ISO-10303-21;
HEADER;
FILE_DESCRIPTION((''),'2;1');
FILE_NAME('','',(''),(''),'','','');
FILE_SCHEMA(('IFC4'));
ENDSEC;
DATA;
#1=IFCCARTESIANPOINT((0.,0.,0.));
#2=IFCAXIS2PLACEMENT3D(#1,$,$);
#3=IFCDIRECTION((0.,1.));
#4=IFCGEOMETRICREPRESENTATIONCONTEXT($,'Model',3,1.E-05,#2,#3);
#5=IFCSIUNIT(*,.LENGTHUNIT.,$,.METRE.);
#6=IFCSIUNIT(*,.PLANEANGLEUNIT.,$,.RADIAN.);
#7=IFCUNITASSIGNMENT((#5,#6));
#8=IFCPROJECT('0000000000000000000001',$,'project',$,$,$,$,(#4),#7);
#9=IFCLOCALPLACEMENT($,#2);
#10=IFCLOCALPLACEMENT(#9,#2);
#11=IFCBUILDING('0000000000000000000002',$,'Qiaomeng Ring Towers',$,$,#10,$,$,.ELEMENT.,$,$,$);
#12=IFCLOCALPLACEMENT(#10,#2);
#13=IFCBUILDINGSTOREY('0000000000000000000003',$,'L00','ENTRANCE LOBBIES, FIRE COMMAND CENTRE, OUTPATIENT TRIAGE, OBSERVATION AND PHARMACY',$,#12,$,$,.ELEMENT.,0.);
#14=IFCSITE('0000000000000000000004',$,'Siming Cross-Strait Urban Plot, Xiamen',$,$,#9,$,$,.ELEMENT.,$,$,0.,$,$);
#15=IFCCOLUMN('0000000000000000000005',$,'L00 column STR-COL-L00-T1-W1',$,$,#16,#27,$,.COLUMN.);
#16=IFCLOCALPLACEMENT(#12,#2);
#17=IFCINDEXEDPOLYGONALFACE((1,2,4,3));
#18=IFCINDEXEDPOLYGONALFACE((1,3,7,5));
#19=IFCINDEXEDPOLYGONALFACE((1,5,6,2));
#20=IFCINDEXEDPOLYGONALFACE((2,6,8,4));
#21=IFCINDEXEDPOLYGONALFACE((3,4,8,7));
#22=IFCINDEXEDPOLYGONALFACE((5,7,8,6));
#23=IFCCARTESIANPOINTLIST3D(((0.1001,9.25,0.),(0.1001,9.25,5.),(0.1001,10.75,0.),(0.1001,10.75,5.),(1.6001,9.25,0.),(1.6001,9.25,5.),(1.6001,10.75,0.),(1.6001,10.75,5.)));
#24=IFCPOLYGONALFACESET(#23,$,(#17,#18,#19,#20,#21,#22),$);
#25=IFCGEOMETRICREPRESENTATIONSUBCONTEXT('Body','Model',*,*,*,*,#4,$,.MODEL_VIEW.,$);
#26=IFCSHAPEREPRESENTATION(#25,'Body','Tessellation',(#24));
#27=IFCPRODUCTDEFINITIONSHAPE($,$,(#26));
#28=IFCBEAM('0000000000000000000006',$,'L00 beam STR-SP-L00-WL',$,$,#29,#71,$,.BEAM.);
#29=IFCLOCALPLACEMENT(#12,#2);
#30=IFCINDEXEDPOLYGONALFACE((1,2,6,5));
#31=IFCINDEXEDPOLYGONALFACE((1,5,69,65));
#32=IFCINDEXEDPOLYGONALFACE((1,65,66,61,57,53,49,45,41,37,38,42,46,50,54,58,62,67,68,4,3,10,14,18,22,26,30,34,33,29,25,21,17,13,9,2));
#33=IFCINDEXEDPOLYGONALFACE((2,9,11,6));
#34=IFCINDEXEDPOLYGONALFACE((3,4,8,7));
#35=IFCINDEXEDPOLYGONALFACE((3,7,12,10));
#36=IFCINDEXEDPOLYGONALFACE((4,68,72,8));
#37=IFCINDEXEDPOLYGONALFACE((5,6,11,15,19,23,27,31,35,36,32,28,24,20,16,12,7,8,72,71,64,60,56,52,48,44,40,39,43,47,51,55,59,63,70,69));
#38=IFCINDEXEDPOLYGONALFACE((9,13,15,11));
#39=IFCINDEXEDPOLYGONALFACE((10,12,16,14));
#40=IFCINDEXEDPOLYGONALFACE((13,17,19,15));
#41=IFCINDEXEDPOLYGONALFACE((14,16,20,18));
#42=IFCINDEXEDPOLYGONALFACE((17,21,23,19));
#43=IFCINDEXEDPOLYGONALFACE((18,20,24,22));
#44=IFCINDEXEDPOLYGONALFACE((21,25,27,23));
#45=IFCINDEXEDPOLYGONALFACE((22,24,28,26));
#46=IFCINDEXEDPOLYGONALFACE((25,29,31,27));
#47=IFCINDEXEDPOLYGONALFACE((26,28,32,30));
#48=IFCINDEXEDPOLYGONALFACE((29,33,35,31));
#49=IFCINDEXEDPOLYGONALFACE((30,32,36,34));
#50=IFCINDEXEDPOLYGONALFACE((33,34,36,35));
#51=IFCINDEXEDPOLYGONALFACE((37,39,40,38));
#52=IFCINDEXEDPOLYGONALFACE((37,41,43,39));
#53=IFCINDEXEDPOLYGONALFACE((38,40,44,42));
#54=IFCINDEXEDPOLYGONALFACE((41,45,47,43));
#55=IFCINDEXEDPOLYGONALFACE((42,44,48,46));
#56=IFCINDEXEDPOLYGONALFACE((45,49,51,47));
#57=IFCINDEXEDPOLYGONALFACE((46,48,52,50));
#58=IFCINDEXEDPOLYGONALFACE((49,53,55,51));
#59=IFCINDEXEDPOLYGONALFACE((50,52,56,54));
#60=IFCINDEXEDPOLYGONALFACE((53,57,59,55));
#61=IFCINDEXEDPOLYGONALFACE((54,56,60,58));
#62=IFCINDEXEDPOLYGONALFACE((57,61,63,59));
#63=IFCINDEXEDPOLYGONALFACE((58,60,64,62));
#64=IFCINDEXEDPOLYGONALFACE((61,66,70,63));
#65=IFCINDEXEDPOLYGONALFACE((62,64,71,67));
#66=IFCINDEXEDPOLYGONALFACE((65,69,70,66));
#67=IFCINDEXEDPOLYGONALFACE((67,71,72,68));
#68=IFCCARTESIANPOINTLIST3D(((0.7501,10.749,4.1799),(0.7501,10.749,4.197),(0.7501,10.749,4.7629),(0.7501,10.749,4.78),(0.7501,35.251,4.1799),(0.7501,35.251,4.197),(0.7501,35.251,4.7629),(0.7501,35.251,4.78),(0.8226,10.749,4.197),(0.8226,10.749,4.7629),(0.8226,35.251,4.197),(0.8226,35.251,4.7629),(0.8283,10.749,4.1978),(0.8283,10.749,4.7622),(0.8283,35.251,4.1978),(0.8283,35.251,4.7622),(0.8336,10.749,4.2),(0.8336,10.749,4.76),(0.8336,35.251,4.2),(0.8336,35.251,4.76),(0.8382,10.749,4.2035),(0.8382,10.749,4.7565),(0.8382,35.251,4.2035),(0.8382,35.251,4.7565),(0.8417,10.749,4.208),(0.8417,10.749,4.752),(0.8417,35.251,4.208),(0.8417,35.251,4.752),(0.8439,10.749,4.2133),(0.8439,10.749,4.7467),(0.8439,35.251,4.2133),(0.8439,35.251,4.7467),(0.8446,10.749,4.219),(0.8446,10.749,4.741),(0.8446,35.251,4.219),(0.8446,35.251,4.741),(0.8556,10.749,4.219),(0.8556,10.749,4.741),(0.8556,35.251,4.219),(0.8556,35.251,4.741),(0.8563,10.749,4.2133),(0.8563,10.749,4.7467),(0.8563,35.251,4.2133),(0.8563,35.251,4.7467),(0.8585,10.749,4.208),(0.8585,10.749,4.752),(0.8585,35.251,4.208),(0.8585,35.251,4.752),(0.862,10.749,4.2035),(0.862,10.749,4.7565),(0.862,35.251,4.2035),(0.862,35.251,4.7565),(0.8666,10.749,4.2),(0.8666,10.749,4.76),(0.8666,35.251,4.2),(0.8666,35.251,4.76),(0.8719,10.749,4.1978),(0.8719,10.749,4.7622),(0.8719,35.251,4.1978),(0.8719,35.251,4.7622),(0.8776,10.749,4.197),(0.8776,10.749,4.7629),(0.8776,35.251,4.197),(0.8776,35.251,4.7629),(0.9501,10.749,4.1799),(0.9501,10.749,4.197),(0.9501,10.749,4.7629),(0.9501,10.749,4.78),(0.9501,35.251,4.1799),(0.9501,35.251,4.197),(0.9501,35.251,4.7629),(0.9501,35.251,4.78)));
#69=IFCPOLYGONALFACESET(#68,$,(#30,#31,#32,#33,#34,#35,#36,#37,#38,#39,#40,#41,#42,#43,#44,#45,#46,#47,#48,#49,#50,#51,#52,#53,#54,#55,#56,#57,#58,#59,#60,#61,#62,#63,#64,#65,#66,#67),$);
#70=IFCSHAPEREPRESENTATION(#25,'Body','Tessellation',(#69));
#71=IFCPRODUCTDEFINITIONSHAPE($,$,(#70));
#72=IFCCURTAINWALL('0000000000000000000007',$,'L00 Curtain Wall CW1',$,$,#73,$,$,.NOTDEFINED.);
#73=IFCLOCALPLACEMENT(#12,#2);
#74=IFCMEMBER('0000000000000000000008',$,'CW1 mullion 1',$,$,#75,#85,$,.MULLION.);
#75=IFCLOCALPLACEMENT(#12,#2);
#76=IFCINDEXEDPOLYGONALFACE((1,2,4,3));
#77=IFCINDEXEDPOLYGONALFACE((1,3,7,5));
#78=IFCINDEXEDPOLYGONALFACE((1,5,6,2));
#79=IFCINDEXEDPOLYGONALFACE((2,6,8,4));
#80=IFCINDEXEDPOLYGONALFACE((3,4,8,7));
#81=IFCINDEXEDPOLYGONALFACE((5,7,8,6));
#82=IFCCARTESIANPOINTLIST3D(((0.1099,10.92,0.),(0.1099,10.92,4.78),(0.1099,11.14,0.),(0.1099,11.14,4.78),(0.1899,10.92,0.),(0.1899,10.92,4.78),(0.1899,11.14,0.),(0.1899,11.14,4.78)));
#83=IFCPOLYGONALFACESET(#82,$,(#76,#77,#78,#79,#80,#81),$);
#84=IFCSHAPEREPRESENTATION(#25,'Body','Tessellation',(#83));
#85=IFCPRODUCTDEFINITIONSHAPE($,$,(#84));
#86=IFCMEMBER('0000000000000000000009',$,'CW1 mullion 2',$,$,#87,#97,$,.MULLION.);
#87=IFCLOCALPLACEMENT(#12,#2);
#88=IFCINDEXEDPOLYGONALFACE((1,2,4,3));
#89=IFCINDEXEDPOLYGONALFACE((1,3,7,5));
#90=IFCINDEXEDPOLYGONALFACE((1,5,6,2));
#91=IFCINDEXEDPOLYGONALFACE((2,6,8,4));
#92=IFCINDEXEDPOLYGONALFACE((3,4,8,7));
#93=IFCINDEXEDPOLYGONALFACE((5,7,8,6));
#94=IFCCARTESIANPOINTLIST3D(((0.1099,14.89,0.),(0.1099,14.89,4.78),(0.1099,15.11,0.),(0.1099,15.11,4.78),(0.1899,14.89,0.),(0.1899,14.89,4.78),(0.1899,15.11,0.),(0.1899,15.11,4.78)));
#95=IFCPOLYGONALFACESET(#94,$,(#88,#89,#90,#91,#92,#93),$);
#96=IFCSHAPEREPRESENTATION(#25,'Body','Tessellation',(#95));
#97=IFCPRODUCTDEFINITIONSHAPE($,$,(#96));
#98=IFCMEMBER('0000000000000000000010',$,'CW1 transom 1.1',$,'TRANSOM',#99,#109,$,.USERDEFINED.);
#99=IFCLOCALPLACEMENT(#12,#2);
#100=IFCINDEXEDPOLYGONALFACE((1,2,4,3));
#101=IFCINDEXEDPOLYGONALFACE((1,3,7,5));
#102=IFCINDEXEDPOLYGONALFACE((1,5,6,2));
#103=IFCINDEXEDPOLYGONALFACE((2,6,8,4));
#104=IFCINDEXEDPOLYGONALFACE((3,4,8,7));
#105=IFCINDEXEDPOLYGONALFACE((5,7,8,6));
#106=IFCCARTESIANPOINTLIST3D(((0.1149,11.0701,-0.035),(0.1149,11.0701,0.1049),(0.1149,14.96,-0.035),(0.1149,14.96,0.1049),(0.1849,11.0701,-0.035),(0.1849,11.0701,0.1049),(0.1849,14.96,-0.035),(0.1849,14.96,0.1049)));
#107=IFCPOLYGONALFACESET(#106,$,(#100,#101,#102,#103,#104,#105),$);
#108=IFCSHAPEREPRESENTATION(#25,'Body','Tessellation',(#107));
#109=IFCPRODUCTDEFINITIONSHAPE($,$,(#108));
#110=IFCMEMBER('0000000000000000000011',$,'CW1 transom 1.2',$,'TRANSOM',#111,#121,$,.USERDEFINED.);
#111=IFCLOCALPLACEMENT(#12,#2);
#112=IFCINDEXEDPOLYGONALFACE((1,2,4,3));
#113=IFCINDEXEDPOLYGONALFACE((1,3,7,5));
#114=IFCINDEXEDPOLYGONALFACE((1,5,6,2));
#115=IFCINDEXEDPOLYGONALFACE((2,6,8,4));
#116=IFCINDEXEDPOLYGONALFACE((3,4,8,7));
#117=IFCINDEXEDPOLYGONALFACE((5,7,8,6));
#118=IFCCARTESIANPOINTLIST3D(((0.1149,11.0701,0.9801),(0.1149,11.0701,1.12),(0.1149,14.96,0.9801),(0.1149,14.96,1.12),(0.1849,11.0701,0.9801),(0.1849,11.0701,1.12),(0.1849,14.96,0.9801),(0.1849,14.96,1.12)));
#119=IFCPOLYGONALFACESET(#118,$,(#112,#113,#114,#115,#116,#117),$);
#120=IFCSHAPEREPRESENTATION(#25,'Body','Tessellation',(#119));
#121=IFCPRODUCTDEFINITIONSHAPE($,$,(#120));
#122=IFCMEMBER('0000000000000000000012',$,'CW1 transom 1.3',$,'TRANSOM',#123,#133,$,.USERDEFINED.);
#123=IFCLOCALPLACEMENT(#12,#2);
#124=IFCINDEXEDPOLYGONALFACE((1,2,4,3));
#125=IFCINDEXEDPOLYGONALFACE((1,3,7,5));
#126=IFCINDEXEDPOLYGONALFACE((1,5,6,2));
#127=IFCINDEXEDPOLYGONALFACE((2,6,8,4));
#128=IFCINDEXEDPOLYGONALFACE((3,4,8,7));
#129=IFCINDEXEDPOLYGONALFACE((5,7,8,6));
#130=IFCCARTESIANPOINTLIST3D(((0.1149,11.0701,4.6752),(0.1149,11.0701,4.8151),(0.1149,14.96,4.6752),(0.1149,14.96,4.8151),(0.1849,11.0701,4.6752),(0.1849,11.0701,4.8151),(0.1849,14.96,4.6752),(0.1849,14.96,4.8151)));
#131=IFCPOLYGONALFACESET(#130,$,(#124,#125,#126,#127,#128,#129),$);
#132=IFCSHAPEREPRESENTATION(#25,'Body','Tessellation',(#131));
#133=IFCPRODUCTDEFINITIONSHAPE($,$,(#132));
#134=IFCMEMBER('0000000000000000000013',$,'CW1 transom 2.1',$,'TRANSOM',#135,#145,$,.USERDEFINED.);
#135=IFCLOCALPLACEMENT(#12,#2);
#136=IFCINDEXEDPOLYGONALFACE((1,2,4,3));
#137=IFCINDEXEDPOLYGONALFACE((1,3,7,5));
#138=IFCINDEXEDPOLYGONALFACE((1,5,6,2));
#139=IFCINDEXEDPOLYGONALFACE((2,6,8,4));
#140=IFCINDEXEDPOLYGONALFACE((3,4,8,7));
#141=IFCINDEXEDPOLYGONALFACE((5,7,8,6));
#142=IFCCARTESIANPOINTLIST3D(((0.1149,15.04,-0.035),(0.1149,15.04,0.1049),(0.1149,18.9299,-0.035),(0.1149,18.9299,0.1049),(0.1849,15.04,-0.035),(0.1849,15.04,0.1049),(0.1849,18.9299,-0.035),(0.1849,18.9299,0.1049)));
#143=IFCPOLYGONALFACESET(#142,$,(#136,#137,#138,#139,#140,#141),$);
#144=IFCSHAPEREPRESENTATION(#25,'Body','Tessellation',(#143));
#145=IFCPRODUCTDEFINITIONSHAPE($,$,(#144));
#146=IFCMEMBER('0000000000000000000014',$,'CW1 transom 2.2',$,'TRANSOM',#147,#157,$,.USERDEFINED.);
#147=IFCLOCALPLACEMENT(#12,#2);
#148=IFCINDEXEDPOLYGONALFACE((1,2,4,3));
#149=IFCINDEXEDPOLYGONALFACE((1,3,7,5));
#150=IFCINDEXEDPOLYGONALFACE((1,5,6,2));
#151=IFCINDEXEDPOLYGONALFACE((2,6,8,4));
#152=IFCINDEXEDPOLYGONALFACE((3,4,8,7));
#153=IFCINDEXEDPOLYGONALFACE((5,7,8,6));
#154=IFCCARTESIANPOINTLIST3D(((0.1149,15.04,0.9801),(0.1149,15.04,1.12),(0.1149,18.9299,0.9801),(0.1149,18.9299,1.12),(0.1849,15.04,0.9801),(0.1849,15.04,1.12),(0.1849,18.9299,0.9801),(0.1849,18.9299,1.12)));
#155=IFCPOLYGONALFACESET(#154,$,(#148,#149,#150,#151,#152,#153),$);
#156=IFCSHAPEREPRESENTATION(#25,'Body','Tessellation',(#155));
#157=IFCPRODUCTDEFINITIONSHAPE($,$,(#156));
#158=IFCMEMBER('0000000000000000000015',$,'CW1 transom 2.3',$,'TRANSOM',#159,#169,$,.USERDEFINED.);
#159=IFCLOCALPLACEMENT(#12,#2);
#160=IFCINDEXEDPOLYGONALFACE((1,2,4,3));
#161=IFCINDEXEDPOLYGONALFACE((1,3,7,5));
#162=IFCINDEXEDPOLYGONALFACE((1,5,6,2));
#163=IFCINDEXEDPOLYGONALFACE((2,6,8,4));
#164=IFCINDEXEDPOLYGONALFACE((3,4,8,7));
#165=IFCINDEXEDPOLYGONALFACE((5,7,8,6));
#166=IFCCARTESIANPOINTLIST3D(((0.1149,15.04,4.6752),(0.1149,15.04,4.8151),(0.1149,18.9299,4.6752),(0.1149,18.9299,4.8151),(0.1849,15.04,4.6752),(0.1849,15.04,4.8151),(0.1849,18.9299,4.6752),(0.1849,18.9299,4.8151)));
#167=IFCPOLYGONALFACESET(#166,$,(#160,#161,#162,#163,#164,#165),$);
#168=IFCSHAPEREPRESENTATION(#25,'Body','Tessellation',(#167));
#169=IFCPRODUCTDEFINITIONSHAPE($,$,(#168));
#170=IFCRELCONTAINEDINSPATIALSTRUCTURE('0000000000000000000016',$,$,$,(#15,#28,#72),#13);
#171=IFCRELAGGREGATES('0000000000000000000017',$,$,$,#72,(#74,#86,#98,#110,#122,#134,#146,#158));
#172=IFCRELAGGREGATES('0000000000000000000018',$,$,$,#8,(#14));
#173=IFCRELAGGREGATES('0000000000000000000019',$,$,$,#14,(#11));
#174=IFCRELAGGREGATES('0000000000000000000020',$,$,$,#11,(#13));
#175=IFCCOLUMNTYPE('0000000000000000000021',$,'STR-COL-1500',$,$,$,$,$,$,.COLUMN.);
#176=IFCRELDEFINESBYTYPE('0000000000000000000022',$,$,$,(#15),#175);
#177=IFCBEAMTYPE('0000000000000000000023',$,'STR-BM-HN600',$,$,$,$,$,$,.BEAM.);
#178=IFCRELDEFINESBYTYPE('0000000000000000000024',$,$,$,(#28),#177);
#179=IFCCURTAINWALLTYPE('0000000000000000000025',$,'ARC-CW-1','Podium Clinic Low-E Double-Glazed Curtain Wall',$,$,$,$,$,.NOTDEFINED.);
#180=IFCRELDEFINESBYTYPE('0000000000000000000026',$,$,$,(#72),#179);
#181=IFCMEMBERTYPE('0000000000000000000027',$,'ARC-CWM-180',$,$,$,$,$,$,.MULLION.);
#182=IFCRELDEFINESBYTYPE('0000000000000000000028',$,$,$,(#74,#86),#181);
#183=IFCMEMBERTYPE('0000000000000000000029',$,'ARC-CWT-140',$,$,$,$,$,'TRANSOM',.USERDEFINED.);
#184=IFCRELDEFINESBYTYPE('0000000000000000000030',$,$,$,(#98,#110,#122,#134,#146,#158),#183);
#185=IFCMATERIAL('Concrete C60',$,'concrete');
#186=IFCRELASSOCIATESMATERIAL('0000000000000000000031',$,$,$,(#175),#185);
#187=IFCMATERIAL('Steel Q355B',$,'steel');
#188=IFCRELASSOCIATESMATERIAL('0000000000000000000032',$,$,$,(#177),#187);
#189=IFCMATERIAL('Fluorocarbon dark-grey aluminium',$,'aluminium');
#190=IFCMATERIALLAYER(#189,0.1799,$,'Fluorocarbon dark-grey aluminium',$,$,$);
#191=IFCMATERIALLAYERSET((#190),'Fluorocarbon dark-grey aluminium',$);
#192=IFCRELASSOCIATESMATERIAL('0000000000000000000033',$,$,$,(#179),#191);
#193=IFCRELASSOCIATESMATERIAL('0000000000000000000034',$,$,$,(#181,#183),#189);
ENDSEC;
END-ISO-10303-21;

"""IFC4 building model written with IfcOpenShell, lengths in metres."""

from ifc_helpers import new_model, si_unit, direction, frame, origin, origin_2d, place, context, subcontext, project, spatial, rectangle, i_section, extrude, source, transform, mapped, material, layer, layer_set, material_profile, profile_set, type_object, element, aggregate, save


model = new_model("IFC4")

# Units and contexts
model_context = context("Model", 3, precision=1e-05, world=origin(), true_north=direction((0.0, 1.0)))
body_context = subcontext(model_context, "Body", "Model", "MODEL_VIEW")
ifc_project = project(units=[si_unit("LENGTHUNIT", "METRE"), si_unit("PLANEANGLEUNIT", "RADIAN")], contexts=[model_context])

# Site, building, storey
site_placement = place(None, origin())
site = spatial("IfcSite", under=ifc_project, at=site_placement, Name="Siming Cross-Strait Urban Plot, Xiamen", CompositionType="ELEMENT", RefElevation=0.0)
building_placement = place(site_placement, origin())
building = spatial("IfcBuilding", under=site, at=building_placement, Name="Qiaomeng Ring Towers", CompositionType="ELEMENT")
storey_placement = place(building_placement, origin())
storey = spatial("IfcBuildingStorey", under=building, at=storey_placement, Name="L00", Description="ENTRANCE LOBBIES, FIRE COMMAND CENTRE, OUTPATIENT TRIAGE, OBSERVATION AND PHARMACY", CompositionType="ELEMENT", Elevation=0.0)

# Column
ifc_material_1 = material(Name="Concrete C60", Category="concrete")
ifc_material_profile_1 = material_profile(ifc_material_1, rectangle(XDim=1.5, YDim=1.5, at=origin_2d()), Name="RC COL 1500x1500")
ifc_profile_set_1 = profile_set([ifc_material_profile_1], Name="Concrete C60")
column_type = type_object("IfcColumnType", Name="STR-COL-1500", PredefinedType="COLUMN", material=ifc_profile_set_1)
shared_shape_1 = source(origin(), body_context, "Body", "SweptSolid", [
    extrude(rectangle(XDim=1.5, YDim=1.5, at=origin_2d()), origin(), (0.0, 0.0, 1.0), 5.0),
])
column_placement = place(storey_placement, frame((0.8501, 10.0, 0.0), z_axis=(0.0, 0.0, 1.0), x_axis=(1.0, 0.0, 0.0)))
element("IfcColumn", 1, at=column_placement, inside=storey, type_object=column_type, Name="L00 column STR-COL-L00-T1-W1", PredefinedType="COLUMN", context=body_context, shape_type="MappedRepresentation", body=[
    mapped(shared_shape_1, transform((0.0, 0.0, 0.0), x_axis=(1.0, 0.0, 0.0), y_axis=(0.0, 1.0, 0.0), z_axis=(0.0, 0.0, 1.0), scale=1.0)),
])

# Beam
ifc_material_2 = material(Name="Steel Q355B", Category="steel")
ifc_material_profile_2 = material_profile(ifc_material_2, i_section(OverallWidth=0.2, OverallDepth=0.6001, WebThickness=0.011, FlangeThickness=0.0171, FilletRadius=0.022, at=origin_2d()), Name="HN 600x200x11x17")
ifc_profile_set_2 = profile_set([ifc_material_profile_2], Name="Steel Q355B")
beam_type = type_object("IfcBeamType", Name="STR-BM-HN600", PredefinedType="BEAM", material=ifc_profile_set_2)
shared_shape_2 = source(origin(), body_context, "Body", "SweptSolid", [
    extrude(i_section(OverallWidth=0.2, OverallDepth=0.6001, WebThickness=0.011, FlangeThickness=0.0171, FilletRadius=0.022, at=origin_2d()), origin(), (0.0, 0.0, 1.0), 24.502),
])
beam_placement = place(storey_placement, frame((0.8501, 10.749, 4.48), z_axis=(0.0, 1.0, 0.0), x_axis=(-1.0, 0.0, 0.0)))
element("IfcBeam", 2, at=beam_placement, inside=storey, type_object=beam_type, Name="L00 beam STR-SP-L00-WL", PredefinedType="BEAM", context=body_context, shape_type="MappedRepresentation", body=[
    mapped(shared_shape_2, transform((0.0, 0.0, 0.0), x_axis=(1.0, 0.0, 0.0), y_axis=(0.0, 1.0, 0.0), z_axis=(0.0, 0.0, 1.0), scale=1.0)),
])

# Curtain wall, members
ifc_material_3 = material(Name="Fluorocarbon dark-grey aluminium", Category="aluminium")
ifc_layer_1 = layer(ifc_material_3, 0.1799, Name="Fluorocarbon dark-grey aluminium")
ifc_layer_set_1 = layer_set([ifc_layer_1], Name="Fluorocarbon dark-grey aluminium")
curtain_wall_type = type_object("IfcCurtainWallType", Name="ARC-CW-1", Description="Podium Clinic Low-E Double-Glazed Curtain Wall", PredefinedType="NOTDEFINED", material=ifc_layer_set_1)
curtain_wall_placement = place(storey_placement, origin())
curtain_wall = element("IfcCurtainWall", 3, at=curtain_wall_placement, inside=storey, type_object=curtain_wall_type, Name="L00 Curtain Wall CW1", PredefinedType="NOTDEFINED")
ifc_material_profile_3 = material_profile(ifc_material_3, rectangle(XDim=0.0801, YDim=0.22, at=origin_2d()), Name="ALU MULL 80x220")
ifc_profile_set_3 = profile_set([ifc_material_profile_3], Name="Fluorocarbon dark-grey aluminium")
member_type_1 = type_object("IfcMemberType", Name="ARC-CWM-180", PredefinedType="MULLION", material=ifc_profile_set_3)
shared_shape_3 = source(origin(), body_context, "Body", "SweptSolid", [
    extrude(rectangle(XDim=0.0801, YDim=0.22, at=origin_2d()), origin(), (0.0, 0.0, 1.0), 4.78),
])
member_1_placement = place(storey_placement, frame((0.1499, 11.03, 0.0), z_axis=(0.0, 0.0, 1.0), x_axis=(-1.0, 0.0, 0.0)))
member_1 = element("IfcMember", 4, at=member_1_placement, type_object=member_type_1, Name="CW1 mullion 1", PredefinedType="MULLION", context=body_context, shape_type="MappedRepresentation", body=[
    mapped(shared_shape_3, transform((0.0, 0.0, 0.0), x_axis=(1.0, 0.0, 0.0), y_axis=(0.0, 1.0, 0.0), z_axis=(0.0, 0.0, 1.0), scale=1.0)),
])
member_2_placement = place(storey_placement, frame((0.1499, 15.0, 0.0), z_axis=(0.0, 0.0, 1.0), x_axis=(-1.0, 0.0, 0.0)))
member_2 = element("IfcMember", 5, at=member_2_placement, type_object=member_type_1, Name="CW1 mullion 2", PredefinedType="MULLION", context=body_context, shape_type="MappedRepresentation", body=[
    mapped(shared_shape_3, transform((0.0, 0.0, 0.0), x_axis=(1.0, 0.0, 0.0), y_axis=(0.0, 1.0, 0.0), z_axis=(0.0, 0.0, 1.0), scale=1.0)),
])
ifc_material_profile_4 = material_profile(ifc_material_3, rectangle(XDim=0.0701, YDim=0.1399, at=origin_2d()), Name="ALU TRAN 70x140")
ifc_profile_set_4 = profile_set([ifc_material_profile_4], Name="Fluorocarbon dark-grey aluminium")
member_type_2 = type_object("IfcMemberType", Name="ARC-CWT-140", ElementType="TRANSOM", PredefinedType="USERDEFINED", material=ifc_profile_set_4)
shared_shape_4 = source(origin(), body_context, "Body", "SweptSolid", [
    extrude(rectangle(XDim=0.0701, YDim=0.1399, at=origin_2d()), origin(), (0.0, 0.0, 1.0), 3.8899),
])
member_3_placement = place(storey_placement, frame((0.1499, 11.0701, 0.0349), z_axis=(0.0, 1.0, 0.0), x_axis=(-1.0, 0.0, 0.0)))
member_3 = element("IfcMember", 6, at=member_3_placement, type_object=member_type_2, Name="CW1 transom 1.1", ObjectType="TRANSOM", PredefinedType="USERDEFINED", context=body_context, shape_type="MappedRepresentation", body=[
    mapped(shared_shape_4, transform((0.0, 0.0, 0.0), x_axis=(1.0, 0.0, 0.0), y_axis=(0.0, 1.0, 0.0), z_axis=(0.0, 0.0, 1.0), scale=1.0)),
])
member_4_placement = place(storey_placement, frame((0.1499, 11.0701, 1.05), z_axis=(0.0, 1.0, 0.0), x_axis=(-1.0, 0.0, 0.0)))
member_4 = element("IfcMember", 7, at=member_4_placement, type_object=member_type_2, Name="CW1 transom 1.2", ObjectType="TRANSOM", PredefinedType="USERDEFINED", context=body_context, shape_type="MappedRepresentation", body=[
    mapped(shared_shape_4, transform((0.0, 0.0, 0.0), x_axis=(1.0, 0.0, 0.0), y_axis=(0.0, 1.0, 0.0), z_axis=(0.0, 0.0, 1.0), scale=1.0)),
])
member_5_placement = place(storey_placement, frame((0.1499, 11.0701, 4.7451), z_axis=(0.0, 1.0, 0.0), x_axis=(-1.0, 0.0, 0.0)))
member_5 = element("IfcMember", 8, at=member_5_placement, type_object=member_type_2, Name="CW1 transom 1.3", ObjectType="TRANSOM", PredefinedType="USERDEFINED", context=body_context, shape_type="MappedRepresentation", body=[
    mapped(shared_shape_4, transform((0.0, 0.0, 0.0), x_axis=(1.0, 0.0, 0.0), y_axis=(0.0, 1.0, 0.0), z_axis=(0.0, 0.0, 1.0), scale=1.0)),
])
member_6_placement = place(storey_placement, frame((0.1499, 15.04, 0.0349), z_axis=(0.0, 1.0, 0.0), x_axis=(-1.0, 0.0, 0.0)))
member_6 = element("IfcMember", 9, at=member_6_placement, type_object=member_type_2, Name="CW1 transom 2.1", ObjectType="TRANSOM", PredefinedType="USERDEFINED", context=body_context, shape_type="MappedRepresentation", body=[
    mapped(shared_shape_4, transform((0.0, 0.0, 0.0), x_axis=(1.0, 0.0, 0.0), y_axis=(0.0, 1.0, 0.0), z_axis=(0.0, 0.0, 1.0), scale=1.0)),
])
member_7_placement = place(storey_placement, frame((0.1499, 15.04, 1.05), z_axis=(0.0, 1.0, 0.0), x_axis=(-1.0, 0.0, 0.0)))
member_7 = element("IfcMember", 10, at=member_7_placement, type_object=member_type_2, Name="CW1 transom 2.2", ObjectType="TRANSOM", PredefinedType="USERDEFINED", context=body_context, shape_type="MappedRepresentation", body=[
    mapped(shared_shape_4, transform((0.0, 0.0, 0.0), x_axis=(1.0, 0.0, 0.0), y_axis=(0.0, 1.0, 0.0), z_axis=(0.0, 0.0, 1.0), scale=1.0)),
])
member_8_placement = place(storey_placement, frame((0.1499, 15.04, 4.7451), z_axis=(0.0, 1.0, 0.0), x_axis=(-1.0, 0.0, 0.0)))
member_8 = element("IfcMember", 11, at=member_8_placement, type_object=member_type_2, Name="CW1 transom 2.3", ObjectType="TRANSOM", PredefinedType="USERDEFINED", context=body_context, shape_type="MappedRepresentation", body=[
    mapped(shared_shape_4, transform((0.0, 0.0, 0.0), x_axis=(1.0, 0.0, 0.0), y_axis=(0.0, 1.0, 0.0), z_axis=(0.0, 0.0, 1.0), scale=1.0)),
])
aggregate(curtain_wall, [member_1, member_2, member_3, member_4, member_5, member_6, member_7, member_8])

save(model, "model.ifc")
